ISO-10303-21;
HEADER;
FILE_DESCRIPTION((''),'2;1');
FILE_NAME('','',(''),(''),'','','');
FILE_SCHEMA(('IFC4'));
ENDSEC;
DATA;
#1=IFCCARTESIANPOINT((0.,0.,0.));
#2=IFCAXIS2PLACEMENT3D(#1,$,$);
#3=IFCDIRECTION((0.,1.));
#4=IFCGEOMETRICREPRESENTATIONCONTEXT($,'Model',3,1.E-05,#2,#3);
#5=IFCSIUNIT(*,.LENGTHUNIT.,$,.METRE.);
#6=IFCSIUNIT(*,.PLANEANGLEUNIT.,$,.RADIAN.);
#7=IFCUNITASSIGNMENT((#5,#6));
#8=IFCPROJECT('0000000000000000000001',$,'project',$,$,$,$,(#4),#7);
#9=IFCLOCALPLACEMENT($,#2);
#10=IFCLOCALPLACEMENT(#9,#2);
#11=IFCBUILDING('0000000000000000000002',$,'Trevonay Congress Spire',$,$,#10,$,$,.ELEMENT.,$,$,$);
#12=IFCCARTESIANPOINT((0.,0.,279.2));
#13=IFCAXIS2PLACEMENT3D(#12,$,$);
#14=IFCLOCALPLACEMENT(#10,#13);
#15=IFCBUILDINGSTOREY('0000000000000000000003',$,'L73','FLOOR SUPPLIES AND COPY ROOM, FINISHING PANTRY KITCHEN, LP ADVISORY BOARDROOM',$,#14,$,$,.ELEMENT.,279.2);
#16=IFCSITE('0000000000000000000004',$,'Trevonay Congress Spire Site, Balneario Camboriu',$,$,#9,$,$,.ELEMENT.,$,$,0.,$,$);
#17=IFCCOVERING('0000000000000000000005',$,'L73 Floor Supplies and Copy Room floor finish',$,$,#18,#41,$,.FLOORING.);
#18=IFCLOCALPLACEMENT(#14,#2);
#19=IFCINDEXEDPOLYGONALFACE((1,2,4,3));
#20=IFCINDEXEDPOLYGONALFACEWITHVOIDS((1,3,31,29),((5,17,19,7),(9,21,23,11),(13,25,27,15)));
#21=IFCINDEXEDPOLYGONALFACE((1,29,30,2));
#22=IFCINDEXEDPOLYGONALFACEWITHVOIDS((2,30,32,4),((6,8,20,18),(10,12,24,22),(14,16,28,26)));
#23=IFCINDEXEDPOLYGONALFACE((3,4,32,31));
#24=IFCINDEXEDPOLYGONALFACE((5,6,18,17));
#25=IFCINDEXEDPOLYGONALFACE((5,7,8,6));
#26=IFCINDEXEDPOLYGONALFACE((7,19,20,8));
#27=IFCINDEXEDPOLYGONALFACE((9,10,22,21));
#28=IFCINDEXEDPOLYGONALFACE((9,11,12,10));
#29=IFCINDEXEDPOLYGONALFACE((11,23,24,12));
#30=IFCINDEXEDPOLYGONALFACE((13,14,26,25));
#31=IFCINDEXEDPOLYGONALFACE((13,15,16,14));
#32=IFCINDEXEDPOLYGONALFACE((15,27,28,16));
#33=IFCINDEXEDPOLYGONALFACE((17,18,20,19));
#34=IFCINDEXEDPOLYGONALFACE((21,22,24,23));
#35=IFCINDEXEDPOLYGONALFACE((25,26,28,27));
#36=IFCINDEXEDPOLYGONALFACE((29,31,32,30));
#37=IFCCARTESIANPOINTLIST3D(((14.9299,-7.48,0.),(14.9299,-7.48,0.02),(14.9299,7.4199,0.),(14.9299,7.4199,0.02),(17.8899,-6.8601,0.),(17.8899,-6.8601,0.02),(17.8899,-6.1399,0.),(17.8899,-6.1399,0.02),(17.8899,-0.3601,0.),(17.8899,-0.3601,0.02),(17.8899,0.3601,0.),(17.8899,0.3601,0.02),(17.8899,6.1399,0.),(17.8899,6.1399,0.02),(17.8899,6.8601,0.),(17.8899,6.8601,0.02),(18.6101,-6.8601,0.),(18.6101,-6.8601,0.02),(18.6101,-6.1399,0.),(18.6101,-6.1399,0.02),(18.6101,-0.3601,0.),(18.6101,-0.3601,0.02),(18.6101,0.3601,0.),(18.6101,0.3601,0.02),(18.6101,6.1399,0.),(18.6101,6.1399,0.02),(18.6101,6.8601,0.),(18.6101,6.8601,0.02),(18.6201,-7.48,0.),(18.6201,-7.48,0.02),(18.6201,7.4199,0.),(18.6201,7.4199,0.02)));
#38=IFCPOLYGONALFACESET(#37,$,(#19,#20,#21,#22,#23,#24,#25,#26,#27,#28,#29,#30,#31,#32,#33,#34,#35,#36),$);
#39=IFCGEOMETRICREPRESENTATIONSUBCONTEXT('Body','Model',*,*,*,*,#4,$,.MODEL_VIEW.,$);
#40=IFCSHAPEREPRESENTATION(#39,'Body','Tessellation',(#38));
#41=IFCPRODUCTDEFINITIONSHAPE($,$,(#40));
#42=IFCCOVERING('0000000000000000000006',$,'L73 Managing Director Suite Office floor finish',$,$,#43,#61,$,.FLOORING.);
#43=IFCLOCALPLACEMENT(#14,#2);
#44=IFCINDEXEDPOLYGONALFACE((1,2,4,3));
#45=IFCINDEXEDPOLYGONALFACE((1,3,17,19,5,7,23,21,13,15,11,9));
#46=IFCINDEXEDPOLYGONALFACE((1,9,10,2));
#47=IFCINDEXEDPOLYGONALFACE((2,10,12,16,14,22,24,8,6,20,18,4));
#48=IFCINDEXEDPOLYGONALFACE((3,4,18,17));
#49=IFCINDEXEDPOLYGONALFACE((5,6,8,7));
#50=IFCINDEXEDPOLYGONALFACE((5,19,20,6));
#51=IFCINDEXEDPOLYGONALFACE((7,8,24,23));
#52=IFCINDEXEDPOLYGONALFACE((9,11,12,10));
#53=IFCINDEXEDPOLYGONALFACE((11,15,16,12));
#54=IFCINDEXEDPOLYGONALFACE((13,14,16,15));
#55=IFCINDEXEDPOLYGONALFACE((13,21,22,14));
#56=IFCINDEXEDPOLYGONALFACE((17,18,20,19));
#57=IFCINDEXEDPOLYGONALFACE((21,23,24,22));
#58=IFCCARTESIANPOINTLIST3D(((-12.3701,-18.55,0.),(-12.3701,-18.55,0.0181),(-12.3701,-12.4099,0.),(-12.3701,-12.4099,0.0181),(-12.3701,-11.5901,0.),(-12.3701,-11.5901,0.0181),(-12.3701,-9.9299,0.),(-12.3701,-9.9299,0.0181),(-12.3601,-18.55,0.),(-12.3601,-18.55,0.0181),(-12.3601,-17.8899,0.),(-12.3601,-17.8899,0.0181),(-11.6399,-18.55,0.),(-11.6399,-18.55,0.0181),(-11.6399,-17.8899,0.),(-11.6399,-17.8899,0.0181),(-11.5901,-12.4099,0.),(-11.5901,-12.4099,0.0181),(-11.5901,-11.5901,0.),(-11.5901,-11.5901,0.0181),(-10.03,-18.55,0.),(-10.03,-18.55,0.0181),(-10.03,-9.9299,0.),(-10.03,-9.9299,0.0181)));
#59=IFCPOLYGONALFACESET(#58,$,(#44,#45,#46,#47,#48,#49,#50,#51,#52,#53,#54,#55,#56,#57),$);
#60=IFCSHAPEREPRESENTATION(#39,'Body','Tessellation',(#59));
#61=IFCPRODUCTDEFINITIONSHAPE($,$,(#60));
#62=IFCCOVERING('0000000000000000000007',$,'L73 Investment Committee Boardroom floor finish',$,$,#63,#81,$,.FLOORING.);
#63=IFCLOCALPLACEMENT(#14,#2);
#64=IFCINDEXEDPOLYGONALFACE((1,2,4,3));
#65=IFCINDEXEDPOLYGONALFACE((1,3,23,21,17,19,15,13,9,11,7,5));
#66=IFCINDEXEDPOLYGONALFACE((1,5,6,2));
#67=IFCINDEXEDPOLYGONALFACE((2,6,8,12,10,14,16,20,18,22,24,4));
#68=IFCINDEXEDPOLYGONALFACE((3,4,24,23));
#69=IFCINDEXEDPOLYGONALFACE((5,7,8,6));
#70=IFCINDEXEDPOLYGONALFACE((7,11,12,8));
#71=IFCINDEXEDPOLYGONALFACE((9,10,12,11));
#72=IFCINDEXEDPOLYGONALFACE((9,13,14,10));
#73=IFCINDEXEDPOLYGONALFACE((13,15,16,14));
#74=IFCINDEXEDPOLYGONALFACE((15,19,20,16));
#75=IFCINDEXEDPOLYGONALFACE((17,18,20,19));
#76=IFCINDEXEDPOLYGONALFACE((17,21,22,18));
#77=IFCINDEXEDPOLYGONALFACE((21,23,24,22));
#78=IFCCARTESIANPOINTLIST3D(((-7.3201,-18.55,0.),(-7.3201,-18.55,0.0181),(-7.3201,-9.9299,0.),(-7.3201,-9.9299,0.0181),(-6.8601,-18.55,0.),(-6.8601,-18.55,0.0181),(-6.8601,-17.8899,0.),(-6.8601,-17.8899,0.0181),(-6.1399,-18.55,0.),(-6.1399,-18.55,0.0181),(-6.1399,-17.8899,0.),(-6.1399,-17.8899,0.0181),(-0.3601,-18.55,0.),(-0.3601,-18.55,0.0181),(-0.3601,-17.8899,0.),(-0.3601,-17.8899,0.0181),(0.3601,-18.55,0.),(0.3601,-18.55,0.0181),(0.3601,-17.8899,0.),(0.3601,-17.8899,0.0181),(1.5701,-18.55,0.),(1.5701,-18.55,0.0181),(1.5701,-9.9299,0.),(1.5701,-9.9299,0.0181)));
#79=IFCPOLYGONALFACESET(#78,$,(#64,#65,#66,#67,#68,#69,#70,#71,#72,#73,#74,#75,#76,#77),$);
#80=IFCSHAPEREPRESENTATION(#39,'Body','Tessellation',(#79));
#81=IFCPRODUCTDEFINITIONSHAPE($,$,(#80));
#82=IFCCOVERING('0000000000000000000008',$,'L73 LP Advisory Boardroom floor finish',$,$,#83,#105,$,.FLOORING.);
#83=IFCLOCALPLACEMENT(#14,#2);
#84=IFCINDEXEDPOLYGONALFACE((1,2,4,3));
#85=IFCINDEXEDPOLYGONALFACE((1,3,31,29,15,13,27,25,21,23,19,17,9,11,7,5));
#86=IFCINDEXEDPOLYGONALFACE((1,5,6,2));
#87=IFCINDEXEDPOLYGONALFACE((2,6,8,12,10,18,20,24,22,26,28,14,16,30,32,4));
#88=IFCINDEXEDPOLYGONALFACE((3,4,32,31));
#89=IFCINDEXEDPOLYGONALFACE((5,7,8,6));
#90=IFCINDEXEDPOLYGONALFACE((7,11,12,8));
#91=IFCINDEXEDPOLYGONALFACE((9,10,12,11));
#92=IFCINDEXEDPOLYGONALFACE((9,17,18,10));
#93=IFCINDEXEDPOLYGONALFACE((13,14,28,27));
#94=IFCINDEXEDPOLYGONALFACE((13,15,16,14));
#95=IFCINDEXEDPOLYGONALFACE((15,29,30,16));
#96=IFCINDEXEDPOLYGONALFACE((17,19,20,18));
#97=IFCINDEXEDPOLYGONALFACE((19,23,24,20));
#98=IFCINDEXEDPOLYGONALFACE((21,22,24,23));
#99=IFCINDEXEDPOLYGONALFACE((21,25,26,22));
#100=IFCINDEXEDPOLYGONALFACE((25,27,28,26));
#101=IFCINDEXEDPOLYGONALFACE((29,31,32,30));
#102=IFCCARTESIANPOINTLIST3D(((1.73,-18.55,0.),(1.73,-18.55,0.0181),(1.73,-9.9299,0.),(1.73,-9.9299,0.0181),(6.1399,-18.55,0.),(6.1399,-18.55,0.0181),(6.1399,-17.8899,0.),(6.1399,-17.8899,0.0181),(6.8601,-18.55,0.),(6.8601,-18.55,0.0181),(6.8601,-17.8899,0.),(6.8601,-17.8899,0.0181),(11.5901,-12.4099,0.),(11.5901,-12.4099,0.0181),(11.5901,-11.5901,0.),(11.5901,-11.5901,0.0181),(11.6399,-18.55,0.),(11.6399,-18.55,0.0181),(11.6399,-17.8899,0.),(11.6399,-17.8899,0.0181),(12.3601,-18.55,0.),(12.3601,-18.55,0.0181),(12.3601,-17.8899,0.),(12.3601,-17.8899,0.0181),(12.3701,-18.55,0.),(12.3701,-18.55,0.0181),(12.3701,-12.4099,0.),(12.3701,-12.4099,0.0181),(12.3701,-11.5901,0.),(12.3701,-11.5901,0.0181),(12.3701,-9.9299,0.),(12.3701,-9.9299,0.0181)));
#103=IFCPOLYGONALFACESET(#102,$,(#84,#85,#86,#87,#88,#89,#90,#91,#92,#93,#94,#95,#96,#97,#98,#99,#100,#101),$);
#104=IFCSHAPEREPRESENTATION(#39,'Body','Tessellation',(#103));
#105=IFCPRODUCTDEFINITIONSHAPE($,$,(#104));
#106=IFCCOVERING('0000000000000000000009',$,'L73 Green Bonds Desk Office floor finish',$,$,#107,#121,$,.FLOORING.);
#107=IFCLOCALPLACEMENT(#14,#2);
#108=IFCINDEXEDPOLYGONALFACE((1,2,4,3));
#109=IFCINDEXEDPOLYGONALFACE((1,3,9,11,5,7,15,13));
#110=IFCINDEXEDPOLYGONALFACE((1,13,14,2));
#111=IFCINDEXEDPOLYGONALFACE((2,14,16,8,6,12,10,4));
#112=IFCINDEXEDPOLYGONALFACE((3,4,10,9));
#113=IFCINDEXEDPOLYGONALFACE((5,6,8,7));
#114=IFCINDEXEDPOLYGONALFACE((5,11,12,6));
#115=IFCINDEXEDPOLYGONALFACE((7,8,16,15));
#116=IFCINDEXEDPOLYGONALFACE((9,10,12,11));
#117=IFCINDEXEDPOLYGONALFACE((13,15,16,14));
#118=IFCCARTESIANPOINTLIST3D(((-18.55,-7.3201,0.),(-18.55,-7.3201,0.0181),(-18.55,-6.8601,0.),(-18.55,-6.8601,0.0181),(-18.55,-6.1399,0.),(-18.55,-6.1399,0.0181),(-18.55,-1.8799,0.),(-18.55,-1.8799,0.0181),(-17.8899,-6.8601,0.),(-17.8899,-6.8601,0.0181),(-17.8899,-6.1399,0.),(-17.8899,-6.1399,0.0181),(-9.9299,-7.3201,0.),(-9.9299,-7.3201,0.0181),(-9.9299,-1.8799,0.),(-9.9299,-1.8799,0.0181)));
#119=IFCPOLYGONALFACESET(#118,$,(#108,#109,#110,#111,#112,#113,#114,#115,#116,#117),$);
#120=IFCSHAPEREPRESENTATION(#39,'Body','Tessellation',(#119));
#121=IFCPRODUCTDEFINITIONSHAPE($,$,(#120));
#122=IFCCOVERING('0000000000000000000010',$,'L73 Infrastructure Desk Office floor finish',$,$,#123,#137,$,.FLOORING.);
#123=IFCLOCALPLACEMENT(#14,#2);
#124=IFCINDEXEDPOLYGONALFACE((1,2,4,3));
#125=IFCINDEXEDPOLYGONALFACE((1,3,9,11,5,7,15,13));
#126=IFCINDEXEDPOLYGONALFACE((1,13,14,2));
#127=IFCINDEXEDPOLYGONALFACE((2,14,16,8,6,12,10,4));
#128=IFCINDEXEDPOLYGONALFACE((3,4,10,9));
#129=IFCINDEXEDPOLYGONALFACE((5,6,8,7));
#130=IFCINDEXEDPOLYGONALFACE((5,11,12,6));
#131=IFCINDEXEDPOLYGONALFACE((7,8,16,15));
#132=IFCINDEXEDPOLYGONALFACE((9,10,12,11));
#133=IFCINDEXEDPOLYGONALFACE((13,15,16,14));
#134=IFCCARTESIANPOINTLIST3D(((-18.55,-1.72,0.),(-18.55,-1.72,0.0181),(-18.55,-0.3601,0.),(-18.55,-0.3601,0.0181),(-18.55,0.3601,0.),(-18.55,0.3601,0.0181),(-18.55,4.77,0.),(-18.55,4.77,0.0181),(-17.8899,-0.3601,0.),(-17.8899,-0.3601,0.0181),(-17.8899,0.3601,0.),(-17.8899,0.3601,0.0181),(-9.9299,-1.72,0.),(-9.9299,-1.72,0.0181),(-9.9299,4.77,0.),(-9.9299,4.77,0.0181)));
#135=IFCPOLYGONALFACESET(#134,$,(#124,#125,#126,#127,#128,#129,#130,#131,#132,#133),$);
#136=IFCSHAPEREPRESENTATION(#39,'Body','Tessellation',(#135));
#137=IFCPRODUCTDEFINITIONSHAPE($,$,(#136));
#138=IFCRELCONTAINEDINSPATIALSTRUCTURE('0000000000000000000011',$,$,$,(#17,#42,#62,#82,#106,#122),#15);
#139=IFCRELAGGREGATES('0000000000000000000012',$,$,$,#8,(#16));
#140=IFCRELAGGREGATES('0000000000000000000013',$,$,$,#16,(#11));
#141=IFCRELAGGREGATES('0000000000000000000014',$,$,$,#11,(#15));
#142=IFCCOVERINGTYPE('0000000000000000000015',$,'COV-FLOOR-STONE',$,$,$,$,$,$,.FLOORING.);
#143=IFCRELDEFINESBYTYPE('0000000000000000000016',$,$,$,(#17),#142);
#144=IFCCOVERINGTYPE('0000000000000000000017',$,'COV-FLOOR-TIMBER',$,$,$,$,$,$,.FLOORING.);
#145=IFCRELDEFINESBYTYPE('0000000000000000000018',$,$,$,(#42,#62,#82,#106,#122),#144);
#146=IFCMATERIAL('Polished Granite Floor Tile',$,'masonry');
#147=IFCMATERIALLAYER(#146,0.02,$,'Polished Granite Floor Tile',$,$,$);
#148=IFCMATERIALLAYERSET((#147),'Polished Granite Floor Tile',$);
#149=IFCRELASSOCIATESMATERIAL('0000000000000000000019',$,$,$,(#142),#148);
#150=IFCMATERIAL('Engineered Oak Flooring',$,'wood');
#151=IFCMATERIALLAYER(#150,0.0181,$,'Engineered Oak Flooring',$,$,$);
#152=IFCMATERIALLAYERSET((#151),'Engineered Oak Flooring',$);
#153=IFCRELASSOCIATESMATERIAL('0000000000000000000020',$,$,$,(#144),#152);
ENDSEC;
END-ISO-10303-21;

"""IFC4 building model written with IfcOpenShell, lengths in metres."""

from ifc_helpers import new_model, si_unit, direction, frame, origin, place, context, subcontext, project, spatial, polyline, outline, extrude, material, layer, layer_set, type_object, element, save


model = new_model("IFC4")

# Units and contexts
model_context = context("Model", 3, precision=1e-05, world=origin(), true_north=direction((0.0, 1.0)))
body_context = subcontext(model_context, "Body", "Model", "MODEL_VIEW")
ifc_project = project(units=[si_unit("LENGTHUNIT", "METRE"), si_unit("PLANEANGLEUNIT", "RADIAN")], contexts=[model_context])

# Site, building, storey
site_placement = place(None, origin())
site = spatial("IfcSite", under=ifc_project, at=site_placement, Name="Trevonay Congress Spire Site, Balneario Camboriu", CompositionType="ELEMENT", RefElevation=0.0)
building_placement = place(site_placement, origin())
building = spatial("IfcBuilding", under=site, at=building_placement, Name="Trevonay Congress Spire", CompositionType="ELEMENT")
storey_placement = place(building_placement, frame((0.0, 0.0, 279.2)))
storey = spatial("IfcBuildingStorey", under=building, at=storey_placement, Name="L73", Description="FLOOR SUPPLIES AND COPY ROOM, FINISHING PANTRY KITCHEN, LP ADVISORY BOARDROOM", CompositionType="ELEMENT", Elevation=279.2)

# Coverings
ifc_material_1 = material(Name="Polished Granite Floor Tile", Category="masonry")
ifc_layer_1 = layer(ifc_material_1, 0.02, Name="Polished Granite Floor Tile")
ifc_layer_set_1 = layer_set([ifc_layer_1], Name="Polished Granite Floor Tile")
covering_type_1 = type_object("IfcCoveringType", Name="COV-FLOOR-STONE", PredefinedType="FLOORING", material=ifc_layer_set_1)
covering_1_placement = place(storey_placement, origin())
element("IfcCovering", 1, at=covering_1_placement, inside=storey, type_object=covering_type_1, Name="L73 Floor Supplies and Copy Room floor finish", PredefinedType="FLOORING", context=body_context, shape_type="SweptSolid", body=[
    extrude(outline(polyline([(14.9299, 7.4199), (18.6201, 7.4199), (18.6201, -7.48), (14.9299, -7.48), (14.9299, 7.4199)]), holes=[polyline([(17.8899, -6.8601), (18.6101, -6.8601), (18.6101, -6.1399), (17.8899, -6.1399), (17.8899, -6.8601)]), polyline([(17.8899, 0.3601), (17.8899, -0.3601), (18.6101, -0.3601), (18.6101, 0.3601), (17.8899, 0.3601)]), polyline([(17.8899, 6.8601), (17.8899, 6.1399), (18.6101, 6.1399), (18.6101, 6.8601), (17.8899, 6.8601)])]), origin(), (0.0, 0.0, 1.0), 0.02),
])
ifc_material_2 = material(Name="Engineered Oak Flooring", Category="wood")
ifc_layer_2 = layer(ifc_material_2, 0.0181, Name="Engineered Oak Flooring")
ifc_layer_set_2 = layer_set([ifc_layer_2], Name="Engineered Oak Flooring")
covering_type_2 = type_object("IfcCoveringType", Name="COV-FLOOR-TIMBER", PredefinedType="FLOORING", material=ifc_layer_set_2)
covering_2_placement = place(storey_placement, origin())
element("IfcCovering", 2, at=covering_2_placement, inside=storey, type_object=covering_type_2, Name="L73 Managing Director Suite Office floor finish", PredefinedType="FLOORING", context=body_context, shape_type="SweptSolid", body=[
    extrude(outline(polyline([(-12.3701, -18.55), (-12.3701, -12.4099), (-11.5901, -12.4099), (-11.5901, -11.5901), (-12.3701, -11.5901), (-12.3701, -9.9299), (-10.03, -9.9299), (-10.03, -18.55), (-11.6399, -18.55), (-11.6399, -17.8899), (-12.3601, -17.8899), (-12.3601, -18.55), (-12.3701, -18.55)])), origin(), (0.0, 0.0, 1.0), 0.0181),
])
covering_3_placement = place(storey_placement, origin())
element("IfcCovering", 3, at=covering_3_placement, inside=storey, type_object=covering_type_2, Name="L73 Investment Committee Boardroom floor finish", PredefinedType="FLOORING", context=body_context, shape_type="SweptSolid", body=[
    extrude(outline(polyline([(-7.3201, -18.55), (-7.3201, -9.9299), (1.5701, -9.9299), (1.5701, -18.55), (0.3601, -18.55), (0.3601, -17.8899), (-0.3601, -17.8899), (-0.3601, -18.55), (-6.1399, -18.55), (-6.1399, -17.8899), (-6.8601, -17.8899), (-6.8601, -18.55), (-7.3201, -18.55)])), origin(), (0.0, 0.0, 1.0), 0.0181),
])
covering_4_placement = place(storey_placement, origin())
element("IfcCovering", 4, at=covering_4_placement, inside=storey, type_object=covering_type_2, Name="L73 LP Advisory Boardroom floor finish", PredefinedType="FLOORING", context=body_context, shape_type="SweptSolid", body=[
    extrude(outline(polyline([(1.73, -18.55), (1.73, -9.9299), (12.3701, -9.9299), (12.3701, -11.5901), (11.5901, -11.5901), (11.5901, -12.4099), (12.3701, -12.4099), (12.3701, -18.55), (12.3601, -18.55), (12.3601, -17.8899), (11.6399, -17.8899), (11.6399, -18.55), (6.8601, -18.55), (6.8601, -17.8899), (6.1399, -17.8899), (6.1399, -18.55), (1.73, -18.55)])), origin(), (0.0, 0.0, 1.0), 0.0181),
])
covering_5_placement = place(storey_placement, origin())
element("IfcCovering", 5, at=covering_5_placement, inside=storey, type_object=covering_type_2, Name="L73 Green Bonds Desk Office floor finish", PredefinedType="FLOORING", context=body_context, shape_type="SweptSolid", body=[
    extrude(outline(polyline([(-18.55, -1.8799), (-9.9299, -1.8799), (-9.9299, -7.3201), (-18.55, -7.3201), (-18.55, -6.8601), (-17.8899, -6.8601), (-17.8899, -6.1399), (-18.55, -6.1399), (-18.55, -1.8799)])), origin(), (0.0, 0.0, 1.0), 0.0181),
])
covering_6_placement = place(storey_placement, origin())
element("IfcCovering", 6, at=covering_6_placement, inside=storey, type_object=covering_type_2, Name="L73 Infrastructure Desk Office floor finish", PredefinedType="FLOORING", context=body_context, shape_type="SweptSolid", body=[
    extrude(outline(polyline([(-18.55, 4.77), (-9.9299, 4.77), (-9.9299, -1.72), (-18.55, -1.72), (-18.55, -0.3601), (-17.8899, -0.3601), (-17.8899, 0.3601), (-18.55, 0.3601), (-18.55, 4.77)])), origin(), (0.0, 0.0, 1.0), 0.0181),
])

save(model, "model.ifc")
